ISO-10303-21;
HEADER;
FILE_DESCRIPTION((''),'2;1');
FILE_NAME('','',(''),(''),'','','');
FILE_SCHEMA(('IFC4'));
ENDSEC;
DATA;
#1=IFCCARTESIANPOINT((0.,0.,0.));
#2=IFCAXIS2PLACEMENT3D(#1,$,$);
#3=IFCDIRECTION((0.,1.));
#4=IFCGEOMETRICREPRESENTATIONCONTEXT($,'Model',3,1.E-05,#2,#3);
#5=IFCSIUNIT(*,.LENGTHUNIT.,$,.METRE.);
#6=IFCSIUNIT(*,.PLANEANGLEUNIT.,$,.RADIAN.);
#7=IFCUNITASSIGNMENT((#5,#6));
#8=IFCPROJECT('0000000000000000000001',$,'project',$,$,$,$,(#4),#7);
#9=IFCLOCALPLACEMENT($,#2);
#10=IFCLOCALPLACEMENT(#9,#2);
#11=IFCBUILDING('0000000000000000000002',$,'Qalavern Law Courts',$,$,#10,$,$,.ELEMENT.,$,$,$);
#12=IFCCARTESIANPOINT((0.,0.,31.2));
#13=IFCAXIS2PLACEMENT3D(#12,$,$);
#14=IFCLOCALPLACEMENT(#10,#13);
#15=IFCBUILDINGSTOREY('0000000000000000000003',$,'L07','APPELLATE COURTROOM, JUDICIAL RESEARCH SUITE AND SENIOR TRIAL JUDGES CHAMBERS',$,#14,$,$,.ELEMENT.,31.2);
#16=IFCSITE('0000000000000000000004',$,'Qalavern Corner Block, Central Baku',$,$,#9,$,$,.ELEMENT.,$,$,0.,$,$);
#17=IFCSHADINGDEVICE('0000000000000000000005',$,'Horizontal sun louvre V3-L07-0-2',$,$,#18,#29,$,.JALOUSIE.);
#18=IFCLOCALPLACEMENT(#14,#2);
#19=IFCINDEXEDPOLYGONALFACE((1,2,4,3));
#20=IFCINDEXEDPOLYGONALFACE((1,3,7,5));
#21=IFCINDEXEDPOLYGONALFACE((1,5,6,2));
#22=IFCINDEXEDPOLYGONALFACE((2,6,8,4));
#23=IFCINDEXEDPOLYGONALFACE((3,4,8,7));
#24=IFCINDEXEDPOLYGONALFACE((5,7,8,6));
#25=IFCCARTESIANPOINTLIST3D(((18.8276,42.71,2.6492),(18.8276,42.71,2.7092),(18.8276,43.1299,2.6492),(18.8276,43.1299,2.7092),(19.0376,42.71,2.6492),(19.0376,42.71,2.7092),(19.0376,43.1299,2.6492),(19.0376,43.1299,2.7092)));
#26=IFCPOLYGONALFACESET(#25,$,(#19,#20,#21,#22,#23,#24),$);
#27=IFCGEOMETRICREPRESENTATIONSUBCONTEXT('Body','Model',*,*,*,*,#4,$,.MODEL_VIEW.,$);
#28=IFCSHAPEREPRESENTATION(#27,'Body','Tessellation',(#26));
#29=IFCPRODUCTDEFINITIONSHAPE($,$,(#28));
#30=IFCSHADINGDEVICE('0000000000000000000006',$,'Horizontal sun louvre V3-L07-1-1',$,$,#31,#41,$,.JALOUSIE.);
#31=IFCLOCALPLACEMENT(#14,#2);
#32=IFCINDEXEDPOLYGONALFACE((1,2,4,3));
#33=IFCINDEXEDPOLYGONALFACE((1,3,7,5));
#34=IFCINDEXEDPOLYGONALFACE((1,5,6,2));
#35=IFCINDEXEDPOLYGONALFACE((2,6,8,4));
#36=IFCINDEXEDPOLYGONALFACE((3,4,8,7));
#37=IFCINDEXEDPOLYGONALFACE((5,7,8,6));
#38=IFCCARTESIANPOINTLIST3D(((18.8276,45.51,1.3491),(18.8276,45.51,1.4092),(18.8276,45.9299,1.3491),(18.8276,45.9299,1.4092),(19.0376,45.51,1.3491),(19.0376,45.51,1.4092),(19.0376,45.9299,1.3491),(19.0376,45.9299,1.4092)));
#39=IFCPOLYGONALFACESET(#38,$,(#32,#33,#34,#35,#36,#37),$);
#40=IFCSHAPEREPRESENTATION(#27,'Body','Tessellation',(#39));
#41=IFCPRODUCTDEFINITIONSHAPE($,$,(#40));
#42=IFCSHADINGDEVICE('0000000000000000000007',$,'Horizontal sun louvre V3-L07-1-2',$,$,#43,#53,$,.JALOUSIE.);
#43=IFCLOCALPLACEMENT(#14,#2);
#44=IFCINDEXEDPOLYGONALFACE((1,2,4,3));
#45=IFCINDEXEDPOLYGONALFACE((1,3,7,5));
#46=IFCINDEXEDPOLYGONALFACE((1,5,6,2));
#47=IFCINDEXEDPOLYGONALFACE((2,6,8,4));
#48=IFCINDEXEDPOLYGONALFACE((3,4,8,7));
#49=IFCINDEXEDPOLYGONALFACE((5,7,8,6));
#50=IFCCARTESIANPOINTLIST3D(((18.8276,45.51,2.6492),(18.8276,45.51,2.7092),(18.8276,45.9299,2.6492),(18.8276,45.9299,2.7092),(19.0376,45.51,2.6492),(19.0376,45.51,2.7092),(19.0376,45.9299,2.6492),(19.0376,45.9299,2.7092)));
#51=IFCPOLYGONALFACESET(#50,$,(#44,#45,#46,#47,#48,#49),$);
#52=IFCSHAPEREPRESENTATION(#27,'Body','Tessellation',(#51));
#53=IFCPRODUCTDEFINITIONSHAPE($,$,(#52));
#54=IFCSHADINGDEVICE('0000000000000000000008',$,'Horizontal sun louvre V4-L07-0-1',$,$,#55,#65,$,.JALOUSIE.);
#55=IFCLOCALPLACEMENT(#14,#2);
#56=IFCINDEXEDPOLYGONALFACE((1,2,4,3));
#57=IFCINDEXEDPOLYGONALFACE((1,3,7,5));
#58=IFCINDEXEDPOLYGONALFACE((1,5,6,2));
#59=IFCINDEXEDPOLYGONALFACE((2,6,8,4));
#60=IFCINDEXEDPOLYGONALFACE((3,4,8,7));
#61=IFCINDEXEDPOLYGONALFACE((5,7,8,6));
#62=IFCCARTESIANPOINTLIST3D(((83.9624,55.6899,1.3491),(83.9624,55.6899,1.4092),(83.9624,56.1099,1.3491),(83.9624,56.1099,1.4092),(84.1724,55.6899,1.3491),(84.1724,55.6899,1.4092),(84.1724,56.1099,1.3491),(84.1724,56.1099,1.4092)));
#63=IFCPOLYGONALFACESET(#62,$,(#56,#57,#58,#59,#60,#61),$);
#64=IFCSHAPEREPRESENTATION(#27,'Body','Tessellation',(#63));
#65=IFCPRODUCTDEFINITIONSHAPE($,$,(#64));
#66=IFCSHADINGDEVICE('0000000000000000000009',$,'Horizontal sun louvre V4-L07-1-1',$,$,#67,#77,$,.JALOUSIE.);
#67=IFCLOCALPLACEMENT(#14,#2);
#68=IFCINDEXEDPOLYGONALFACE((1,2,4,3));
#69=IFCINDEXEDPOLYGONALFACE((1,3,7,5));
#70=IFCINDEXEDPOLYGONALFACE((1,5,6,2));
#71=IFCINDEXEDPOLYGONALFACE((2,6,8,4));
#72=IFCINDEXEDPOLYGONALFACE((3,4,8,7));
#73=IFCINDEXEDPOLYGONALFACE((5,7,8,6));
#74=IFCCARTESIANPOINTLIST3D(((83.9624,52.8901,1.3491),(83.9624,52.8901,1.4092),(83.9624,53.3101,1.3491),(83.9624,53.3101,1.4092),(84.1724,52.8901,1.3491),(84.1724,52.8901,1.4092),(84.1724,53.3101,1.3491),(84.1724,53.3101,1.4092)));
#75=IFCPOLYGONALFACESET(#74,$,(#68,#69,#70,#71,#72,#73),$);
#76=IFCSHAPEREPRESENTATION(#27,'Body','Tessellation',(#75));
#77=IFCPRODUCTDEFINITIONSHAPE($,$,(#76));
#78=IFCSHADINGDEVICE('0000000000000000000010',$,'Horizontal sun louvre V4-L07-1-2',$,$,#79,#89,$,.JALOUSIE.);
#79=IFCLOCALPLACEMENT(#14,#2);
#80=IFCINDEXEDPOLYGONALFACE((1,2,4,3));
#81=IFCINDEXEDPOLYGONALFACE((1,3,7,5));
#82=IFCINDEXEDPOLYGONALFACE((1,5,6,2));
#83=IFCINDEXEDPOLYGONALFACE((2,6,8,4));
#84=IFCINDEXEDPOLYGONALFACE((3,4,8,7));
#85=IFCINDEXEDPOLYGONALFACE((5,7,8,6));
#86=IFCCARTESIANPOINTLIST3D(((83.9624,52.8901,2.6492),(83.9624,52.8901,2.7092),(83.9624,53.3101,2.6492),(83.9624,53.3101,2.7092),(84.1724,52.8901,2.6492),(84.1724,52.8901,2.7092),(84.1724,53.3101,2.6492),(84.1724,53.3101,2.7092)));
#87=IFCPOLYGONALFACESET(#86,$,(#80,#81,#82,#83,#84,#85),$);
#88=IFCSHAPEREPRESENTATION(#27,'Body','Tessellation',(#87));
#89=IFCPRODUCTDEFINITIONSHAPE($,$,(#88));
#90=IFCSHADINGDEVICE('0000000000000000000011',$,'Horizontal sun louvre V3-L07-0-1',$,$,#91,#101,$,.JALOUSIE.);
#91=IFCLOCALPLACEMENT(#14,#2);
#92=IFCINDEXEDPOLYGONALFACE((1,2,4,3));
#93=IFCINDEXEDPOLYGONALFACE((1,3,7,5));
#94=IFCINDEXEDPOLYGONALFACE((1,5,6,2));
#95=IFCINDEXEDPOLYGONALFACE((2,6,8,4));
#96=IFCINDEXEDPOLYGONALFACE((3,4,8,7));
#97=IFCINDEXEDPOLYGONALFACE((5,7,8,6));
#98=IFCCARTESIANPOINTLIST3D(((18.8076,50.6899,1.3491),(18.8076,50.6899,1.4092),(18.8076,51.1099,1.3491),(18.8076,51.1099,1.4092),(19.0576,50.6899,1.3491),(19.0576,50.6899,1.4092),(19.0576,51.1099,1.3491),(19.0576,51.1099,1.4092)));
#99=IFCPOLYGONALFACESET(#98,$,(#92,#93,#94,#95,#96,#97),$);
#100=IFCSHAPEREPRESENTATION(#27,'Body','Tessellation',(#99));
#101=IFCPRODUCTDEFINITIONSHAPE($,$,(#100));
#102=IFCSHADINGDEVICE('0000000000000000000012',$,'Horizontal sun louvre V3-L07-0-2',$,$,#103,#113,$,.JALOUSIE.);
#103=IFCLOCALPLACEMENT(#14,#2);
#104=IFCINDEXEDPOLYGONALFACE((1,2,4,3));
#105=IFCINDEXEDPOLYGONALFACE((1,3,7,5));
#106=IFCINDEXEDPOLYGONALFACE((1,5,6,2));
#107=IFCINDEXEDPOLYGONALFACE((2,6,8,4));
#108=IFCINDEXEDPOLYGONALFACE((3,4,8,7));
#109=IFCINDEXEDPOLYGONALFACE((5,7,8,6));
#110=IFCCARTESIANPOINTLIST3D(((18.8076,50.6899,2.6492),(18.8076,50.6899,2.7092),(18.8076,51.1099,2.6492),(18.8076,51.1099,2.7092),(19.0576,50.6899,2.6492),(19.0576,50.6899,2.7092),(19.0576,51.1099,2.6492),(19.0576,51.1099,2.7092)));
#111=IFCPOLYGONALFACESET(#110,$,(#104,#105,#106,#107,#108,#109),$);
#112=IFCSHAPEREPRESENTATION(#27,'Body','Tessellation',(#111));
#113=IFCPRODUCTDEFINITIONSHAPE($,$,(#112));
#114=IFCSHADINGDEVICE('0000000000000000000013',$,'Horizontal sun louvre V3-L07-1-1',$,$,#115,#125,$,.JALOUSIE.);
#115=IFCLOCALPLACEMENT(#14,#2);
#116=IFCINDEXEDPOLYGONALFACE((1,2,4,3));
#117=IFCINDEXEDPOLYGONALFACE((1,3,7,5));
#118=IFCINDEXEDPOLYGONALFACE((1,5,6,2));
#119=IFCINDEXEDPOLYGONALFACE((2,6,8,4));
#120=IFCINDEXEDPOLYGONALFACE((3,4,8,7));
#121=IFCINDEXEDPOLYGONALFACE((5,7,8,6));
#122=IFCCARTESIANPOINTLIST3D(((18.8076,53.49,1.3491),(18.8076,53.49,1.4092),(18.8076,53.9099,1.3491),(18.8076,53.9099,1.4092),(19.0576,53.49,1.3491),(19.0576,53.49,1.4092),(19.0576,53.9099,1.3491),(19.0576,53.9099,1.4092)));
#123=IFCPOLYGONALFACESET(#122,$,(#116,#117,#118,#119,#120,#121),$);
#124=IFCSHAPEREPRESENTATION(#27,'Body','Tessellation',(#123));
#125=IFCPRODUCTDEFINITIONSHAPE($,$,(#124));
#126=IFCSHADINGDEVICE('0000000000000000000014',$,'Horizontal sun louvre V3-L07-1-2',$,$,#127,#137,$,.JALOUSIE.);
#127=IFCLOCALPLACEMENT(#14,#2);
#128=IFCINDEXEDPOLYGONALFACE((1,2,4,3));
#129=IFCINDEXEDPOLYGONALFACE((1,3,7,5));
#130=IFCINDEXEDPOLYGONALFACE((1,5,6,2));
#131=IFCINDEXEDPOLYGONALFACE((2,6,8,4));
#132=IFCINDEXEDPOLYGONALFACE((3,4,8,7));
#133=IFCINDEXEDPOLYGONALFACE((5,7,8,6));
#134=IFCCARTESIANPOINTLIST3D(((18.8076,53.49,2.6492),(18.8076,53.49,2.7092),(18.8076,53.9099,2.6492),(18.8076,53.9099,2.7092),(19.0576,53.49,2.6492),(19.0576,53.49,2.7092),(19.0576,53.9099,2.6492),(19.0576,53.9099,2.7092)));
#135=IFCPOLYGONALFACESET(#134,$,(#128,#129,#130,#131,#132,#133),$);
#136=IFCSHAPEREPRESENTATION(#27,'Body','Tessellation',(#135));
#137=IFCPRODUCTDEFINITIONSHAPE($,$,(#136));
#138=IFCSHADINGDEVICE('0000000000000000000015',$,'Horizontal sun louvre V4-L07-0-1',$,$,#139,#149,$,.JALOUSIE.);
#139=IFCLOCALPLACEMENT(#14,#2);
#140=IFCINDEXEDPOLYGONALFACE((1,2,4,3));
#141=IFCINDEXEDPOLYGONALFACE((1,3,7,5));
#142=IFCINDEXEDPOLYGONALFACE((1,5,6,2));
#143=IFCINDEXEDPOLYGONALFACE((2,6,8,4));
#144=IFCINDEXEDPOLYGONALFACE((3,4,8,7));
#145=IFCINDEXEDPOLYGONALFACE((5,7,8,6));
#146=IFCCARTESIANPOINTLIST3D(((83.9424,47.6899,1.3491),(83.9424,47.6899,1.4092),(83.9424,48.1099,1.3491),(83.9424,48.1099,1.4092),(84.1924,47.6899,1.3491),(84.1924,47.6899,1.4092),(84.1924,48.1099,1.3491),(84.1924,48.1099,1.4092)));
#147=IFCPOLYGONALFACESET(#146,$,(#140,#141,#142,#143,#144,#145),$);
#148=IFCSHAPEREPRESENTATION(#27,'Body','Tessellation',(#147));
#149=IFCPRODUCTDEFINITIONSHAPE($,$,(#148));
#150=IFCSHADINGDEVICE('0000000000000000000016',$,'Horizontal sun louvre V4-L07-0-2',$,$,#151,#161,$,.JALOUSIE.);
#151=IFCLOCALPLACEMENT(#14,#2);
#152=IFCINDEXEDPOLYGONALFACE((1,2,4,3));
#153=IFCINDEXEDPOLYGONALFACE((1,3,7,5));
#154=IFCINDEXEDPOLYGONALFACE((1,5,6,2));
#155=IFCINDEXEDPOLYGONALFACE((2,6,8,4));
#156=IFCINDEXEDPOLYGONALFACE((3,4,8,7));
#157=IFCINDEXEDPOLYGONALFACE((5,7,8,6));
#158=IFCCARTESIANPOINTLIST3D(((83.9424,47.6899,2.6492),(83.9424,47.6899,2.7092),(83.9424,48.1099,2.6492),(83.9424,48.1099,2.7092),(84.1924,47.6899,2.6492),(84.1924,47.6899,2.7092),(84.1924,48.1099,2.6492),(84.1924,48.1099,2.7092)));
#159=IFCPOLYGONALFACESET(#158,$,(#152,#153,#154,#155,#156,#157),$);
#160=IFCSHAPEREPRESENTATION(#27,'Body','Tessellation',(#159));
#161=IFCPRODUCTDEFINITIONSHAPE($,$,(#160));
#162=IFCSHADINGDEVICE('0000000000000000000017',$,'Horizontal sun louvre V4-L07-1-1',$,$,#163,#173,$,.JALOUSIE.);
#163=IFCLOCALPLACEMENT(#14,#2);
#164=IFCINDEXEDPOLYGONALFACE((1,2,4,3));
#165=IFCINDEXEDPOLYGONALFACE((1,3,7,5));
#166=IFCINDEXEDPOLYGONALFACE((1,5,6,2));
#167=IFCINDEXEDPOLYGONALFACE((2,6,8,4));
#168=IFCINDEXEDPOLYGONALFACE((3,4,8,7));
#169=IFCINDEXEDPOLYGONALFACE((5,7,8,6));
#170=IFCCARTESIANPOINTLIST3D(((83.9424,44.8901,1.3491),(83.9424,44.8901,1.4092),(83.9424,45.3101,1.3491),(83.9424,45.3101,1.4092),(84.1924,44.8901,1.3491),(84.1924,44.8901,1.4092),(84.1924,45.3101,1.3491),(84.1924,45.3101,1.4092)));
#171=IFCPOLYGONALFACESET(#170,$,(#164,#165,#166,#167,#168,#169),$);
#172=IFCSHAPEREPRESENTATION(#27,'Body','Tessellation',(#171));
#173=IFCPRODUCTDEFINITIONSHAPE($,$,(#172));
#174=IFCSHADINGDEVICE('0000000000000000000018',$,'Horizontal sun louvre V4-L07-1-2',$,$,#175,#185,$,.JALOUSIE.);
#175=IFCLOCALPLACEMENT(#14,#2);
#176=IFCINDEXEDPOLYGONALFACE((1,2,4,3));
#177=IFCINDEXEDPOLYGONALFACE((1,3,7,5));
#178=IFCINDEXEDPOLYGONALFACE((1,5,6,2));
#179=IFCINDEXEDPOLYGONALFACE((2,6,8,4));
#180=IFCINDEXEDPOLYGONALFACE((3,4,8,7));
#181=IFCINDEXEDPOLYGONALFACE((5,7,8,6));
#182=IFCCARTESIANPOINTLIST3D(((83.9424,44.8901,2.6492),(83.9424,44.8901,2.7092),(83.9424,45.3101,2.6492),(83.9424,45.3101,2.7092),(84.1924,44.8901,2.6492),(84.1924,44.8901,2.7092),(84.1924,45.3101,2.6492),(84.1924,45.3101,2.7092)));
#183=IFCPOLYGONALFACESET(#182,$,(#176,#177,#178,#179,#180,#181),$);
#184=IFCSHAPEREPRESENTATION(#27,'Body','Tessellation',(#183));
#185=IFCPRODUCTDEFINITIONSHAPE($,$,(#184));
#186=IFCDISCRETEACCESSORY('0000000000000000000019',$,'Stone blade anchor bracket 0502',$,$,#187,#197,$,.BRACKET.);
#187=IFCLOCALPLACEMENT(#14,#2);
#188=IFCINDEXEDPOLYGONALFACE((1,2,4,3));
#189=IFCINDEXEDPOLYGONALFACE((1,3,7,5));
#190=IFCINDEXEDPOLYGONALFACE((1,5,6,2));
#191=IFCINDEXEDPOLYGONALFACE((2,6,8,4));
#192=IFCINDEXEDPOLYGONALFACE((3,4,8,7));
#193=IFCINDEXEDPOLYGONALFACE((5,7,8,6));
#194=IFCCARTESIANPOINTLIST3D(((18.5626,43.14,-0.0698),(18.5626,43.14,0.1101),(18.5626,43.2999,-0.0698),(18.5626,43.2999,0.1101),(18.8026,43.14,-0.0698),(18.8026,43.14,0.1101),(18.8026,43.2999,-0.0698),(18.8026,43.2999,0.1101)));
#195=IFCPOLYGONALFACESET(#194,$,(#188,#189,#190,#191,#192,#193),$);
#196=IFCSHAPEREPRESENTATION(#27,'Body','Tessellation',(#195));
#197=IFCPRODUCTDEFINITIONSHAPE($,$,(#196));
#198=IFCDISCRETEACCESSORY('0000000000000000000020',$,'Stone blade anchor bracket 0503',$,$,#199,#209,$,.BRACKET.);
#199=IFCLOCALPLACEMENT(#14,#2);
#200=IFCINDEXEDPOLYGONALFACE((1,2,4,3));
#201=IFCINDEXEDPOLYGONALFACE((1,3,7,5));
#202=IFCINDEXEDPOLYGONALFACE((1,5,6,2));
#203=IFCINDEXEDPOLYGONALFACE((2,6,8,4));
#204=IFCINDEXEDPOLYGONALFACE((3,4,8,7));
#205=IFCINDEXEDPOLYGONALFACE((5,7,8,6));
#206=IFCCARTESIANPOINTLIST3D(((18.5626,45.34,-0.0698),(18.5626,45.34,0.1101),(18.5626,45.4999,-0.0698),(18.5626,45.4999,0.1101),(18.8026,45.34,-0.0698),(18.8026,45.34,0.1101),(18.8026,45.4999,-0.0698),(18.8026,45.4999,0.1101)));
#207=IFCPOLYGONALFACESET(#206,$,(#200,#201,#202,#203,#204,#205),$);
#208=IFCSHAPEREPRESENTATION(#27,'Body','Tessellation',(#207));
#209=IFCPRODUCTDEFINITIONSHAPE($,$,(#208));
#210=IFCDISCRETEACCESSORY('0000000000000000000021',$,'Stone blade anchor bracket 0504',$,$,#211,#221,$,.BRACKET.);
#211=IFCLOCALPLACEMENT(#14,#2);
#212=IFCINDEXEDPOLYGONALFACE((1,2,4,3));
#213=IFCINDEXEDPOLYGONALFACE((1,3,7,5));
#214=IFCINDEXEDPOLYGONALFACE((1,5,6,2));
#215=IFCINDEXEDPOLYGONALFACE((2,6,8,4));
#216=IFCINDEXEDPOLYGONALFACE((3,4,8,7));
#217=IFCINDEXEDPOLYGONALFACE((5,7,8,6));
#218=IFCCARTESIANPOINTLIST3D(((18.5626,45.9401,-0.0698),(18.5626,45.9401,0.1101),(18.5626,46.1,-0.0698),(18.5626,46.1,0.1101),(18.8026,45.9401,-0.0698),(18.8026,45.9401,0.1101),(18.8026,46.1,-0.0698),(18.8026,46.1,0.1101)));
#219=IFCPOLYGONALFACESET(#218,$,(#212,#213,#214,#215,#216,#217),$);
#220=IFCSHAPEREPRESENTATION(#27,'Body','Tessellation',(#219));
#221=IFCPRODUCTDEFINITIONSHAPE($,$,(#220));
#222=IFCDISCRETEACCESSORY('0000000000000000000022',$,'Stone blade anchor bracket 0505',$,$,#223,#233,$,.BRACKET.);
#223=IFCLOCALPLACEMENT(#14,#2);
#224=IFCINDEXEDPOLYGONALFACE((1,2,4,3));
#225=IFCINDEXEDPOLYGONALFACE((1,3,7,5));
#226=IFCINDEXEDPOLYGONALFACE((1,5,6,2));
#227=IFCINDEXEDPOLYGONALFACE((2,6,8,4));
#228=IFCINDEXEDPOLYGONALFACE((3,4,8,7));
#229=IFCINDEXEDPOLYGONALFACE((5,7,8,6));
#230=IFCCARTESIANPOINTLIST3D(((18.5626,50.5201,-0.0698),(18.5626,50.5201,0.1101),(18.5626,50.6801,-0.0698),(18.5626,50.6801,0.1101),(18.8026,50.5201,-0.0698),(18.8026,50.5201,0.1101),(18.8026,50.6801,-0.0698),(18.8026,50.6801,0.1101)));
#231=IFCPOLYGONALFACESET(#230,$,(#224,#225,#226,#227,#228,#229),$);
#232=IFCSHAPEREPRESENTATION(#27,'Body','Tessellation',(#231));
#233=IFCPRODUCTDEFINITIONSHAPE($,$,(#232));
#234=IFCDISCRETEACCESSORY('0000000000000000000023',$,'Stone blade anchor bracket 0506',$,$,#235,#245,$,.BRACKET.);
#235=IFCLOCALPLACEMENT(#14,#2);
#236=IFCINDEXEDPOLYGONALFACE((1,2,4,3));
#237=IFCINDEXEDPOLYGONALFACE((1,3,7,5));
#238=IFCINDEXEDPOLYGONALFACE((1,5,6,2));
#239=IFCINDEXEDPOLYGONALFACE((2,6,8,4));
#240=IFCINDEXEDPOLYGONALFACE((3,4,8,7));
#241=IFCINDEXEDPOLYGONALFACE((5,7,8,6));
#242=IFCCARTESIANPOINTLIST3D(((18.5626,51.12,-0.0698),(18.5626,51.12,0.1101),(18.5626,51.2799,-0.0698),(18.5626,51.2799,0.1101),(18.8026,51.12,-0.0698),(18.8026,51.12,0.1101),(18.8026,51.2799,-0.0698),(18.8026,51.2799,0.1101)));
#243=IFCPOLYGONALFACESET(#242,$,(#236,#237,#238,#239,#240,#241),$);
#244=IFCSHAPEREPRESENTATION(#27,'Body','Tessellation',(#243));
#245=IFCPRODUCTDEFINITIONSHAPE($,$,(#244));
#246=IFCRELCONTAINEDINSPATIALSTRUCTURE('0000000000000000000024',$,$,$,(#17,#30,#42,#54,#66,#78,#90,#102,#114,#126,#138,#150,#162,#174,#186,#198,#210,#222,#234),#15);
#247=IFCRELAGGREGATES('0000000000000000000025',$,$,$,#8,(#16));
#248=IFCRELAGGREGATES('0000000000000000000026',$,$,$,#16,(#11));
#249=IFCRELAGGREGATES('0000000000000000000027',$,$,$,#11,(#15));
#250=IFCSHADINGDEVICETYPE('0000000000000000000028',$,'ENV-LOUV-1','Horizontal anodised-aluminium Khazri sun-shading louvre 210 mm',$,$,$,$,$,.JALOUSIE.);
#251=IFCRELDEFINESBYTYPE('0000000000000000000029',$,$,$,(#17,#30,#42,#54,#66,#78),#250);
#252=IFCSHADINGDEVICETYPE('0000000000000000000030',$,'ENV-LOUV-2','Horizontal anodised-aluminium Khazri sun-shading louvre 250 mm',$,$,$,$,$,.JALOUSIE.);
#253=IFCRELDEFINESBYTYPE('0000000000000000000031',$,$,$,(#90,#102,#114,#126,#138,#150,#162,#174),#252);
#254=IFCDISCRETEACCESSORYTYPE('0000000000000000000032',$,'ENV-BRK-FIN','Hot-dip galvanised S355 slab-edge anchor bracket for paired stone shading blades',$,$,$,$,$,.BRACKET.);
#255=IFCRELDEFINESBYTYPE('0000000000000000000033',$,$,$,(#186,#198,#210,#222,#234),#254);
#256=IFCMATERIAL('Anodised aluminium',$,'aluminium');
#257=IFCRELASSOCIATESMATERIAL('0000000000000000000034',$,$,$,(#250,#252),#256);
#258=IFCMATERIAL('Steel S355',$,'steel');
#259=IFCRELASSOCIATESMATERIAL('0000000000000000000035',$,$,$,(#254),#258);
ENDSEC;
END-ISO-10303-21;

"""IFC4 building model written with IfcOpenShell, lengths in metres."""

from ifc_helpers import new_model, si_unit, direction, frame, origin, origin_2d, place, context, subcontext, project, spatial, rectangle, extrude, material, type_object, element, save


model = new_model("IFC4")

# Units and contexts
model_context = context("Model", 3, precision=1e-05, world=origin(), true_north=direction((0.0, 1.0)))
body_context = subcontext(model_context, "Body", "Model", "MODEL_VIEW")
ifc_project = project(units=[si_unit("LENGTHUNIT", "METRE"), si_unit("PLANEANGLEUNIT", "RADIAN")], contexts=[model_context])

# Site, building, storey
site_placement = place(None, origin())
site = spatial("IfcSite", under=ifc_project, at=site_placement, Name="Qalavern Corner Block, Central Baku", CompositionType="ELEMENT", RefElevation=0.0)
building_placement = place(site_placement, origin())
building = spatial("IfcBuilding", under=site, at=building_placement, Name="Qalavern Law Courts", CompositionType="ELEMENT")
storey_placement = place(building_placement, frame((0.0, 0.0, 31.2)))
storey = spatial("IfcBuildingStorey", under=building, at=storey_placement, Name="L07", Description="APPELLATE COURTROOM, JUDICIAL RESEARCH SUITE AND SENIOR TRIAL JUDGES CHAMBERS", CompositionType="ELEMENT", Elevation=31.2)

# Shading devices
ifc_material_1 = material(Name="Anodised aluminium", Category="aluminium")
shading_device_type_1 = type_object("IfcShadingDeviceType", Name="ENV-LOUV-1", Description="Horizontal anodised-aluminium Khazri sun-shading louvre 210 mm", PredefinedType="JALOUSIE", material=ifc_material_1)
for number, where, z_axis, x_axis, name in (
    (1, (18.9326, 42.9199, 2.6492), (0.0, 0.0, 1.0), (0.0, 1.0, 0.0), "Horizontal sun louvre V3-L07-0-2"),
    (2, (18.9326, 45.72, 1.3491), (0.0, 0.0, 1.0), (0.0, 1.0, 0.0), "Horizontal sun louvre V3-L07-1-1"),
    (3, (18.9326, 45.72, 2.6492), (0.0, 0.0, 1.0), (0.0, 1.0, 0.0), "Horizontal sun louvre V3-L07-1-2"),
    (4, (84.0674, 55.8999, 1.3491), (0.0, 0.0, 1.0), (0.0, -1.0, 0.0), "Horizontal sun louvre V4-L07-0-1"),
    (5, (84.0674, 53.1001, 1.3491), (0.0, 0.0, 1.0), (0.0, -1.0, 0.0), "Horizontal sun louvre V4-L07-1-1"),
    (6, (84.0674, 53.1001, 2.6492), (0.0, 0.0, 1.0), (0.0, -1.0, 0.0), "Horizontal sun louvre V4-L07-1-2"),
):
    element("IfcShadingDevice", number, at=place(storey_placement, frame(where, z_axis=z_axis, x_axis=x_axis)), inside=storey, type_object=shading_device_type_1, Name=name, PredefinedType="JALOUSIE", context=body_context, shape_type="SweptSolid", body=[
        extrude(rectangle(XDim=0.4199, YDim=0.21, at=origin_2d()), origin(), (0.0, 0.0, 1.0), 0.0601),
    ])
shading_device_type_2 = type_object("IfcShadingDeviceType", Name="ENV-LOUV-2", Description="Horizontal anodised-aluminium Khazri sun-shading louvre 250 mm", PredefinedType="JALOUSIE", material=ifc_material_1)
for number, where, z_axis, x_axis, name in (
    (7, (18.9326, 50.8999, 1.3491), (0.0, 0.0, 1.0), (0.0, 1.0, 0.0), "Horizontal sun louvre V3-L07-0-1"),
    (8, (18.9326, 50.8999, 2.6492), (0.0, 0.0, 1.0), (0.0, 1.0, 0.0), "Horizontal sun louvre V3-L07-0-2"),
    (9, (18.9326, 53.7, 1.3491), (0.0, 0.0, 1.0), (0.0, 1.0, 0.0), "Horizontal sun louvre V3-L07-1-1"),
    (10, (18.9326, 53.7, 2.6492), (0.0, 0.0, 1.0), (0.0, 1.0, 0.0), "Horizontal sun louvre V3-L07-1-2"),
    (11, (84.0674, 47.8999, 1.3491), (0.0, 0.0, 1.0), (0.0, -1.0, 0.0), "Horizontal sun louvre V4-L07-0-1"),
    (12, (84.0674, 47.8999, 2.6492), (0.0, 0.0, 1.0), (0.0, -1.0, 0.0), "Horizontal sun louvre V4-L07-0-2"),
    (13, (84.0674, 45.1001, 1.3491), (0.0, 0.0, 1.0), (0.0, -1.0, 0.0), "Horizontal sun louvre V4-L07-1-1"),
    (14, (84.0674, 45.1001, 2.6492), (0.0, 0.0, 1.0), (0.0, -1.0, 0.0), "Horizontal sun louvre V4-L07-1-2"),
):
    element("IfcShadingDevice", number, at=place(storey_placement, frame(where, z_axis=z_axis, x_axis=x_axis)), inside=storey, type_object=shading_device_type_2, Name=name, PredefinedType="JALOUSIE", context=body_context, shape_type="SweptSolid", body=[
        extrude(rectangle(XDim=0.4199, YDim=0.25, at=origin_2d()), origin(), (0.0, 0.0, 1.0), 0.0601),
    ])

# Discrete accessories
ifc_material_2 = material(Name="Steel S355", Category="steel")
discrete_accessory_type = type_object("IfcDiscreteAccessoryType", Name="ENV-BRK-FIN", Description="Hot-dip galvanised S355 slab-edge anchor bracket for paired stone shading blades", PredefinedType="BRACKET", material=ifc_material_2)
for number, where, z_axis, x_axis, name in (
    (15, (18.6826, 43.22, -0.0698), (0.0, 0.0, 1.0), (1.0, 0.0, 0.0), "Stone blade anchor bracket 0502"),
    (16, (18.6826, 45.4199, -0.0698), (0.0, 0.0, 1.0), (1.0, 0.0, 0.0), "Stone blade anchor bracket 0503"),
    (17, (18.6826, 46.02, -0.0698), (0.0, 0.0, 1.0), (1.0, 0.0, 0.0), "Stone blade anchor bracket 0504"),
    (18, (18.6826, 50.6001, -0.0698), (0.0, 0.0, 1.0), (1.0, 0.0, 0.0), "Stone blade anchor bracket 0505"),
    (19, (18.6826, 51.2, -0.0698), (0.0, 0.0, 1.0), (1.0, 0.0, 0.0), "Stone blade anchor bracket 0506"),
):
    element("IfcDiscreteAccessory", number, at=place(storey_placement, frame(where, z_axis=z_axis, x_axis=x_axis)), inside=storey, type_object=discrete_accessory_type, Name=name, PredefinedType="BRACKET", context=body_context, shape_type="SweptSolid", body=[
        extrude(rectangle(XDim=0.24, YDim=0.1599, at=origin_2d()), origin(), (0.0, 0.0, 1.0), 0.1799),
    ])

save(model, "model.ifc")
